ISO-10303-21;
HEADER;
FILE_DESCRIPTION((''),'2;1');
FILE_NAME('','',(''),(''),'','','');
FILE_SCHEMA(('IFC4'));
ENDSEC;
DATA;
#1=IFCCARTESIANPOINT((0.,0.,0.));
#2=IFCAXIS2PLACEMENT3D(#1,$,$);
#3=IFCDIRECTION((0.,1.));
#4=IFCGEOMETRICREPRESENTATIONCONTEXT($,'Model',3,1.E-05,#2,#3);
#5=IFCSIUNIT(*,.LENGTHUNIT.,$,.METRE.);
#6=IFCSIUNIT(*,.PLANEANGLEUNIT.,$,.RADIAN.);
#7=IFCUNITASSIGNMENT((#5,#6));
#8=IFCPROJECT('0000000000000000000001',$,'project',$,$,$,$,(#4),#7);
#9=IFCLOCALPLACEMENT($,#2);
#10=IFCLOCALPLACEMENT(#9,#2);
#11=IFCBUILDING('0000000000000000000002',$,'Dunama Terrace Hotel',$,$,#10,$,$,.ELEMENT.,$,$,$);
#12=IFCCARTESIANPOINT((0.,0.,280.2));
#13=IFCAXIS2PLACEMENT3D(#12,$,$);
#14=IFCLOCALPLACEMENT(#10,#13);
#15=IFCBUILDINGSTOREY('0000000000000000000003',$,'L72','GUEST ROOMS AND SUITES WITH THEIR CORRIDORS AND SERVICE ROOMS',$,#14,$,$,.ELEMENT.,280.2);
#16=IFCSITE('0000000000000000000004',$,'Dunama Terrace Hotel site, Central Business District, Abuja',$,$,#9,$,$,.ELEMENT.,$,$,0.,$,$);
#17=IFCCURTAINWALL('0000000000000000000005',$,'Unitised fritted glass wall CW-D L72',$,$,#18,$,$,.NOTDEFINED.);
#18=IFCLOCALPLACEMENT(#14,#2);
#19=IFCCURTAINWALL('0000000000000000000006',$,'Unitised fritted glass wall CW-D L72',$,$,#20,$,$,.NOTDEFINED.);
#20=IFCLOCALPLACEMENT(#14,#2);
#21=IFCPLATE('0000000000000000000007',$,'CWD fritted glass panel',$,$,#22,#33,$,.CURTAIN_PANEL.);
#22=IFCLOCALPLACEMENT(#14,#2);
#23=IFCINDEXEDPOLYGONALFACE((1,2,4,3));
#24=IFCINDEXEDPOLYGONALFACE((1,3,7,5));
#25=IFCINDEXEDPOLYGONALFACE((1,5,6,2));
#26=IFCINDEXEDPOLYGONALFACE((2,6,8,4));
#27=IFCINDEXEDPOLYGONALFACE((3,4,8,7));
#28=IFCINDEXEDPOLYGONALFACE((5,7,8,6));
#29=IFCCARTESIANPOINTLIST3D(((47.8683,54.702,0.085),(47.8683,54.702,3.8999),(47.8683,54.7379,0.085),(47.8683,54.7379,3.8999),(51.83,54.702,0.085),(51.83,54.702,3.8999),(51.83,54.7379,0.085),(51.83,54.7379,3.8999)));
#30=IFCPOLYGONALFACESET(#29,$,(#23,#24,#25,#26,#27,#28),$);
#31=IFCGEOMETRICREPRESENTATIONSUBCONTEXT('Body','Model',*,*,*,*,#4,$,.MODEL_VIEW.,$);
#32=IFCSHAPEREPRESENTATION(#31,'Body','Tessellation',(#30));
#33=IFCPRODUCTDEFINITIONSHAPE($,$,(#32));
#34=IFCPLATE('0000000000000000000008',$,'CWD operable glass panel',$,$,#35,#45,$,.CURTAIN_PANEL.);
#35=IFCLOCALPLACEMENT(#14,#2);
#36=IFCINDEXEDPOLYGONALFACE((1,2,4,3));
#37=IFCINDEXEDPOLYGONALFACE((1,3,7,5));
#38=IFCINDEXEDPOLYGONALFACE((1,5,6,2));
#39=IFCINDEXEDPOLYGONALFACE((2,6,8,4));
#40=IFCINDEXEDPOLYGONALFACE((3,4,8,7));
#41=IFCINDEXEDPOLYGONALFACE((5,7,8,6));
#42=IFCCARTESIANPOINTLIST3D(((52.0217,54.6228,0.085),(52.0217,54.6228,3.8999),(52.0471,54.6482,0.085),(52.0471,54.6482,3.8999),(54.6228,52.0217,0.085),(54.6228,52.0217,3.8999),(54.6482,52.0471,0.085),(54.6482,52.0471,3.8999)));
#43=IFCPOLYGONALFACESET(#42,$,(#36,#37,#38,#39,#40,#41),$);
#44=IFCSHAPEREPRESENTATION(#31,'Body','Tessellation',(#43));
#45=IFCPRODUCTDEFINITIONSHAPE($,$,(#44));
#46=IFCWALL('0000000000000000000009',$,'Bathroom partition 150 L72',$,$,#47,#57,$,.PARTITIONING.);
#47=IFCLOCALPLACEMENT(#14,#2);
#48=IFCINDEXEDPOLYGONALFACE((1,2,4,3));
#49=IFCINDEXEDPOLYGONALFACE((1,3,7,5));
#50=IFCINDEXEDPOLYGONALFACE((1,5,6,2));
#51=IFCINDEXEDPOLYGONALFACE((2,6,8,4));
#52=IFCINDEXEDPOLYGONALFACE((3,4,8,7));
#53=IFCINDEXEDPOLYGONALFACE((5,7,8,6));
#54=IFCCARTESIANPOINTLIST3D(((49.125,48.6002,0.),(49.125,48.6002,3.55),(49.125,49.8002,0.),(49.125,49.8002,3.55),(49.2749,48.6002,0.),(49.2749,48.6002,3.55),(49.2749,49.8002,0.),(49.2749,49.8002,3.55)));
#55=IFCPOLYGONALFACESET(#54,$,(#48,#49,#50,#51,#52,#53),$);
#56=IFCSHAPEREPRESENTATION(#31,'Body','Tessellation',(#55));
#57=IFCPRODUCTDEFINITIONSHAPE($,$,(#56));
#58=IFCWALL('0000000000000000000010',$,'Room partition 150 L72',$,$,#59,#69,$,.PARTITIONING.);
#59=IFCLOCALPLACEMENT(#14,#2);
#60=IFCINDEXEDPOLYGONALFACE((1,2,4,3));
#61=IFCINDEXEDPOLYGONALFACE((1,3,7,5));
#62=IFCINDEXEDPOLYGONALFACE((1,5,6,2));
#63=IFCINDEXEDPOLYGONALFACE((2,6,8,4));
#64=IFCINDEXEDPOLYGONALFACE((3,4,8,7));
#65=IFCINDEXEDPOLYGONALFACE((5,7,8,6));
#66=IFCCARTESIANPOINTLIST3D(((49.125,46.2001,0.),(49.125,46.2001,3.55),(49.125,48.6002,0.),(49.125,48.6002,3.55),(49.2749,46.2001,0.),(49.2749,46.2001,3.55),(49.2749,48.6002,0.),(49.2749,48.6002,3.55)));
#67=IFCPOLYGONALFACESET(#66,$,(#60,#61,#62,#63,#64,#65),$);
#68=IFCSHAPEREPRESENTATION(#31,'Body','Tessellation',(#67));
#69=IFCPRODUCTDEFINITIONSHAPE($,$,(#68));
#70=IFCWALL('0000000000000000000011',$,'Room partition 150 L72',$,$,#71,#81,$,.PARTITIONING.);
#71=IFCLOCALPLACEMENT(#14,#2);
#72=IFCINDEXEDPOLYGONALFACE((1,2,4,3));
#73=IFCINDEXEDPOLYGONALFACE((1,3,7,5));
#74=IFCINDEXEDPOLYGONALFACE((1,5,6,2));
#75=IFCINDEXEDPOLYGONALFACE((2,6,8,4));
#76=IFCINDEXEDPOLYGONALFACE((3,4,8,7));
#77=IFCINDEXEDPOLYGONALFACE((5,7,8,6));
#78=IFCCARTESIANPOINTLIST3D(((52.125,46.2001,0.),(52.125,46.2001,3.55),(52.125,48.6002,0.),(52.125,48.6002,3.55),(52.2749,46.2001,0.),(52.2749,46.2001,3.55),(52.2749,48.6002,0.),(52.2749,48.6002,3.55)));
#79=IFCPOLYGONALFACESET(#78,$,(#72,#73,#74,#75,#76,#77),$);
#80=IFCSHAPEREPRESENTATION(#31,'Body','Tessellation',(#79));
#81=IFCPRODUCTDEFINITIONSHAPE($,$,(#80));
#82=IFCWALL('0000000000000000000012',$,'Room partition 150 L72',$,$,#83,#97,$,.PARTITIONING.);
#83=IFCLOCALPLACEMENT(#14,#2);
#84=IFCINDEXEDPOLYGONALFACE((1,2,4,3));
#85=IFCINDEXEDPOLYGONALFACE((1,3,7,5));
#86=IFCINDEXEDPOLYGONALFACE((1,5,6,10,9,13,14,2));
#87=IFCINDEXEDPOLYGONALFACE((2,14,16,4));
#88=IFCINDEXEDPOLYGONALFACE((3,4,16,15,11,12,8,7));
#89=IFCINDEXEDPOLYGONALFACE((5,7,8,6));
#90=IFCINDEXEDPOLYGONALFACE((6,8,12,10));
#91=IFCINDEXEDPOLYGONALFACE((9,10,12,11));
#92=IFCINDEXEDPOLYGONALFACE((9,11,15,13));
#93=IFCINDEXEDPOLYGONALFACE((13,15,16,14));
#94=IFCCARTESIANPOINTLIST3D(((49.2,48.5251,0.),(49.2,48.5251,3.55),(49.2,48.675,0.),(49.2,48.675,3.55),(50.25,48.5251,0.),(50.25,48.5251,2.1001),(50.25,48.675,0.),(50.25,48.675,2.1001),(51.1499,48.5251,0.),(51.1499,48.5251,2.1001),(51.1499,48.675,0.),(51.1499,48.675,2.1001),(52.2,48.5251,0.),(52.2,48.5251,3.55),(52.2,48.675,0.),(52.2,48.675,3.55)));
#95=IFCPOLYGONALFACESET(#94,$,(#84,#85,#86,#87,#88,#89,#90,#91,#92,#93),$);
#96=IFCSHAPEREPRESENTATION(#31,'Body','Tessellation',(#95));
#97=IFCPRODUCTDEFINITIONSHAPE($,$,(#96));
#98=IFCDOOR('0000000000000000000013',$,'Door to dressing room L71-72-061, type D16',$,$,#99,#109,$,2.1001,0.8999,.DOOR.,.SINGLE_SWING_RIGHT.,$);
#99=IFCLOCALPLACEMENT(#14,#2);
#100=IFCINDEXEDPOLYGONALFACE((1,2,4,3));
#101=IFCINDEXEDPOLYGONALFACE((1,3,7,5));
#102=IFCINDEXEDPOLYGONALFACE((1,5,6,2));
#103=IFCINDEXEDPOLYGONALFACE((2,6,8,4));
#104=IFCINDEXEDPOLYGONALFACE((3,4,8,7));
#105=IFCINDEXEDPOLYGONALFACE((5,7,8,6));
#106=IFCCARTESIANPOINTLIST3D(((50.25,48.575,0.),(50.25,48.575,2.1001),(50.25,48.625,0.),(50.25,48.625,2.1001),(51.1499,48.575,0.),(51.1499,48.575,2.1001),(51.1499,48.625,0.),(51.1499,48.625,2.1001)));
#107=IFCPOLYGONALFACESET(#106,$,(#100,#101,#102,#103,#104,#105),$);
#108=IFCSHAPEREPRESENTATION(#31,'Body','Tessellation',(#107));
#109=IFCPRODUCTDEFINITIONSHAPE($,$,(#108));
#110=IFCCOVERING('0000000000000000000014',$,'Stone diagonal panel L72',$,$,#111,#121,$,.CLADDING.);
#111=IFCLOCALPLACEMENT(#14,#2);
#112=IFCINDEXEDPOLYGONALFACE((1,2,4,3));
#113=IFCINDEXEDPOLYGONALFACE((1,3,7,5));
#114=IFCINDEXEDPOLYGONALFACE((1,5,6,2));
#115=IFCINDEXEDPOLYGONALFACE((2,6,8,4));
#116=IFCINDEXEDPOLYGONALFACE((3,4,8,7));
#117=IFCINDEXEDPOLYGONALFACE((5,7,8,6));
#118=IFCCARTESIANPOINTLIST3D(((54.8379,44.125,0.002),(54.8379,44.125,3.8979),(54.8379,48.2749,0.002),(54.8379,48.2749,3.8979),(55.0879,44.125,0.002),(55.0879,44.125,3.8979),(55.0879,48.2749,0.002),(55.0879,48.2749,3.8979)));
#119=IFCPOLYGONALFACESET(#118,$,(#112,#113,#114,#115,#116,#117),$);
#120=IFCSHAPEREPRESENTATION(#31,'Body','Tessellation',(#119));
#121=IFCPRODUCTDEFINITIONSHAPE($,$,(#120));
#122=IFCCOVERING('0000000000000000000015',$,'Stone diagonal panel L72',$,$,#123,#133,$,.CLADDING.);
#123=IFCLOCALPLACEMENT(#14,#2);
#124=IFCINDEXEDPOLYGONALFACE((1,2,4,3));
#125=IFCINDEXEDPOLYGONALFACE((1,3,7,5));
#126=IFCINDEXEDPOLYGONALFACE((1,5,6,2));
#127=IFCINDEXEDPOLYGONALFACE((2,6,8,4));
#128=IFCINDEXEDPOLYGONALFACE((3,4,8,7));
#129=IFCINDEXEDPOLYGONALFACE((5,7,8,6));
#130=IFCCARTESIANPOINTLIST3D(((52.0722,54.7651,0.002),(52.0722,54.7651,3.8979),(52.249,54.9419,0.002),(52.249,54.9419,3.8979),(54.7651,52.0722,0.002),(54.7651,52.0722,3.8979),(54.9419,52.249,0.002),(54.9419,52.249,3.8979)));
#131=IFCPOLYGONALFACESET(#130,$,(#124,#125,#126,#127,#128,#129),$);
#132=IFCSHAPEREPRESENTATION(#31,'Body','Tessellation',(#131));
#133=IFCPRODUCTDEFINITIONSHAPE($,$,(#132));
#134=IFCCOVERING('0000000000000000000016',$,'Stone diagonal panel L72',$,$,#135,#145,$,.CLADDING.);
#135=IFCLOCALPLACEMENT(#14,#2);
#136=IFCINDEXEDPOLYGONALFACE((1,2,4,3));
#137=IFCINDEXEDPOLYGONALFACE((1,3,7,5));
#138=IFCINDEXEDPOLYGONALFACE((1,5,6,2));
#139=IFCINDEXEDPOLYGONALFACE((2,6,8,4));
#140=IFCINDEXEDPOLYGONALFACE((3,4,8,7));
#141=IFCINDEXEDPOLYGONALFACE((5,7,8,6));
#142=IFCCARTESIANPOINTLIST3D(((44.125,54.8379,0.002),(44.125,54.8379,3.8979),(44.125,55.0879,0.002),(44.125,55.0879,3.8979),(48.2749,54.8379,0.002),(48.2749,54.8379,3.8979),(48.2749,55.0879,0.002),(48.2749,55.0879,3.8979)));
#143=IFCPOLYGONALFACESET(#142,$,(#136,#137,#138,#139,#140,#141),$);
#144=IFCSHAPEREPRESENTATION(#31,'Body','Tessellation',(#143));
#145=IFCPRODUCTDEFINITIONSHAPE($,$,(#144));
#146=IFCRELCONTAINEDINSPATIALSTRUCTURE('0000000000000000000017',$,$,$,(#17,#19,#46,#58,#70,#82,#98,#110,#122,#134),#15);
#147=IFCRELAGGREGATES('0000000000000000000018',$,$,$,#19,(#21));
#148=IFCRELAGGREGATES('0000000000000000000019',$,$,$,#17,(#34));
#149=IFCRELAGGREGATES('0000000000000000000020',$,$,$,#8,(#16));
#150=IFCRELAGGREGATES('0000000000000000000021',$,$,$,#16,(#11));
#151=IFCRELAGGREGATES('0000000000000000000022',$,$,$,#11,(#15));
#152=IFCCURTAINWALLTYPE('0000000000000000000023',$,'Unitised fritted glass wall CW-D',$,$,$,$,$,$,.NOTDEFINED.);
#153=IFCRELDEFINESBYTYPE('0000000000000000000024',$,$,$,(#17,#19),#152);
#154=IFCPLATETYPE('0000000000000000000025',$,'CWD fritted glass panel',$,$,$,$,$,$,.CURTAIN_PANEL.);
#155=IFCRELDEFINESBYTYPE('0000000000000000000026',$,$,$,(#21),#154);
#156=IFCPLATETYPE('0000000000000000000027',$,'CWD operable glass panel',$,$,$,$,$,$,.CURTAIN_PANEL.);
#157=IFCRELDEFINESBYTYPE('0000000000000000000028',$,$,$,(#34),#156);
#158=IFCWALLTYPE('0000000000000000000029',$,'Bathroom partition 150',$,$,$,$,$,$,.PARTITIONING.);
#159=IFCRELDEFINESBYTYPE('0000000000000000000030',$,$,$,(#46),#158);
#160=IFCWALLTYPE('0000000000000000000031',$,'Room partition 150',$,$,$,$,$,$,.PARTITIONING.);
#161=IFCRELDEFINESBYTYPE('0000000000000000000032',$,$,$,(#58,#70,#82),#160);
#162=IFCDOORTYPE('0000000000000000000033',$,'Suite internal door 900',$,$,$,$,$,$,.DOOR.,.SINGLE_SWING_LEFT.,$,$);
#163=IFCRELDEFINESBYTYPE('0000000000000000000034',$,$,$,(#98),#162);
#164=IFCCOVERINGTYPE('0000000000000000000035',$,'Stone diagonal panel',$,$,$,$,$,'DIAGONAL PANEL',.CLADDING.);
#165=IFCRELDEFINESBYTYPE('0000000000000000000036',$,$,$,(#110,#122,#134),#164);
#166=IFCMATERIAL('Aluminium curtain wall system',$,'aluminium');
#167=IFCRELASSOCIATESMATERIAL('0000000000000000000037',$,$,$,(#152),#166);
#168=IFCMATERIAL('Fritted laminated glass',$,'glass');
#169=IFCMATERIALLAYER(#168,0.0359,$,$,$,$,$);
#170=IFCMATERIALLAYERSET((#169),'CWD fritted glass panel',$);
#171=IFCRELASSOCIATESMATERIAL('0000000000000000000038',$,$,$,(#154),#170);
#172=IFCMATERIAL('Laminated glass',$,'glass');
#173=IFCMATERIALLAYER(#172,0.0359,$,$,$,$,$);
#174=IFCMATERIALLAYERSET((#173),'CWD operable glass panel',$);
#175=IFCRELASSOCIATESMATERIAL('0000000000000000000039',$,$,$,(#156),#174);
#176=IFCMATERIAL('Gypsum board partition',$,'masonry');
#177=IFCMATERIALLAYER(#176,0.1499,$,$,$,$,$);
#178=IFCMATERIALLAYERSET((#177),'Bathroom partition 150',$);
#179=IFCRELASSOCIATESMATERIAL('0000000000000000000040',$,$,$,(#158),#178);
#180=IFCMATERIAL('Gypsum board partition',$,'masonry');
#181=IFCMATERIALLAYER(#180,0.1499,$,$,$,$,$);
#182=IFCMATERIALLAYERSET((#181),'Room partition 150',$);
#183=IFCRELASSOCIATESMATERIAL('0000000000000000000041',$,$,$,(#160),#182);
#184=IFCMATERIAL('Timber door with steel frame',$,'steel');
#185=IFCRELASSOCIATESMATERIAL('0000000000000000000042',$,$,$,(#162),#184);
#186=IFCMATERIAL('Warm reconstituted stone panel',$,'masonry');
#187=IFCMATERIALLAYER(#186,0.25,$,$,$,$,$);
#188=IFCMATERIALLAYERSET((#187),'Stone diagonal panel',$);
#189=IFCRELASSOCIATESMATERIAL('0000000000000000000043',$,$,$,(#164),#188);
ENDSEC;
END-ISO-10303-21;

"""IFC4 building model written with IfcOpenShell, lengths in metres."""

from ifc_helpers import new_model, si_unit, direction, frame, frame_2d, origin, origin_2d, place, context, subcontext, project, spatial, rectangle, extrude, material, layer, layer_set, type_object, element, fill, aggregate, save


model = new_model("IFC4")

# Units and contexts
model_context = context("Model", 3, precision=1e-05, world=origin(), true_north=direction((0.0, 1.0)))
body_context = subcontext(model_context, "Body", "Model", "MODEL_VIEW")
ifc_project = project(units=[si_unit("LENGTHUNIT", "METRE"), si_unit("PLANEANGLEUNIT", "RADIAN")], contexts=[model_context])

# Site, building, storey
site_placement = place(None, origin())
site = spatial("IfcSite", under=ifc_project, at=site_placement, Name="Dunama Terrace Hotel site, Central Business District, Abuja", CompositionType="ELEMENT", RefElevation=0.0)
building_placement = place(site_placement, origin())
building = spatial("IfcBuilding", under=site, at=building_placement, Name="Dunama Terrace Hotel", CompositionType="ELEMENT")
storey_placement = place(building_placement, frame((0.0, 0.0, 280.2)))
storey = spatial("IfcBuildingStorey", under=building, at=storey_placement, Name="L72", Description="GUEST ROOMS AND SUITES WITH THEIR CORRIDORS AND SERVICE ROOMS", CompositionType="ELEMENT", Elevation=280.2)

# Curtain walls
ifc_material_1 = material(Name="Aluminium curtain wall system", Category="aluminium")
curtain_wall_type = type_object("IfcCurtainWallType", Name="Unitised fritted glass wall CW-D", PredefinedType="NOTDEFINED", material=ifc_material_1)
curtain_wall_1_placement = place(storey_placement, origin())
curtain_wall_1 = element("IfcCurtainWall", 1, at=curtain_wall_1_placement, inside=storey, type_object=curtain_wall_type, Name="Unitised fritted glass wall CW-D L72", PredefinedType="NOTDEFINED")
curtain_wall_2_placement = place(storey_placement, origin())
curtain_wall_2 = element("IfcCurtainWall", 2, at=curtain_wall_2_placement, inside=storey, type_object=curtain_wall_type, Name="Unitised fritted glass wall CW-D L72", PredefinedType="NOTDEFINED")

# Plates
ifc_material_2 = material(Name="Fritted laminated glass", Category="glass")
ifc_layer_1 = layer(ifc_material_2, 0.0359)
ifc_layer_set_1 = layer_set([ifc_layer_1], Name="CWD fritted glass panel")
plate_type_1 = type_object("IfcPlateType", Name="CWD fritted glass panel", PredefinedType="CURTAIN_PANEL", material=ifc_layer_set_1)
plate_1_placement = place(storey_placement, frame((49.8491, 54.72, 0.085), z_axis=(0.0, 0.0, 1.0), x_axis=(-1.0, 0.0, 0.0)))
plate_1 = element("IfcPlate", 3, at=plate_1_placement, type_object=plate_type_1, Name="CWD fritted glass panel", PredefinedType="CURTAIN_PANEL", context=body_context, shape_type="SweptSolid", body=[
    extrude(rectangle(XDim=3.9617, YDim=0.0359, at=origin_2d()), origin(), (0.0, 0.0, 1.0), 3.8149),
])
aggregate(curtain_wall_2, [plate_1])
ifc_material_3 = material(Name="Laminated glass", Category="glass")
ifc_layer_2 = layer(ifc_material_3, 0.0359)
ifc_layer_set_2 = layer_set([ifc_layer_2], Name="CWD operable glass panel")
plate_type_2 = type_object("IfcPlateType", Name="CWD operable glass panel", PredefinedType="CURTAIN_PANEL", material=ifc_layer_set_2)
plate_2_placement = place(storey_placement, frame((53.335, 53.335, 0.085), z_axis=(0.0, 0.0, 1.0), x_axis=(-0.707107, 0.707107, 0.0)))
plate_2 = element("IfcPlate", 4, at=plate_2_placement, type_object=plate_type_2, Name="CWD operable glass panel", PredefinedType="CURTAIN_PANEL", context=body_context, shape_type="SweptSolid", body=[
    extrude(rectangle(XDim=3.6785, YDim=0.0359, at=origin_2d()), origin(), (0.0, 0.0, 1.0), 3.8149),
])
aggregate(curtain_wall_1, [plate_2])

# Walls
ifc_material_4 = material(Name="Gypsum board partition", Category="masonry")
ifc_layer_3 = layer(ifc_material_4, 0.1499)
ifc_layer_set_3 = layer_set([ifc_layer_3], Name="Bathroom partition 150")
wall_type_1 = type_object("IfcWallType", Name="Bathroom partition 150", PredefinedType="PARTITIONING", material=ifc_layer_set_3)
wall_1_placement = place(storey_placement, frame((49.2, 48.6001, 0.0), z_axis=(0.0, 0.0, 1.0), x_axis=(0.0, 1.0, 0.0)))
element("IfcWall", 5, at=wall_1_placement, inside=storey, type_object=wall_type_1, Name="Bathroom partition 150 L72", PredefinedType="PARTITIONING", context=body_context, shape_type="SweptSolid", body=[
    extrude(rectangle(XDim=1.2, YDim=0.1499, at=frame_2d((0.6001, 0.0))), origin(), (0.0, 0.0, 1.0), 3.55),
])
ifc_material_5 = material(Name="Gypsum board partition", Category="masonry")
ifc_layer_4 = layer(ifc_material_5, 0.1499)
ifc_layer_set_4 = layer_set([ifc_layer_4], Name="Room partition 150")
wall_type_2 = type_object("IfcWallType", Name="Room partition 150", PredefinedType="PARTITIONING", material=ifc_layer_set_4)
for number, where, z_axis, x_axis, name in (
    (6, (49.2, 46.2, 0.0), (0.0, 0.0, 1.0), (0.0, 1.0, 0.0), "Room partition 150 L72"),
    (7, (52.2, 46.2, 0.0), (0.0, 0.0, 1.0), (0.0, 1.0, 0.0), "Room partition 150 L72"),
):
    element("IfcWall", number, at=place(storey_placement, frame(where, z_axis=z_axis, x_axis=x_axis)), inside=storey, type_object=wall_type_2, Name=name, PredefinedType="PARTITIONING", context=body_context, shape_type="SweptSolid", body=[
        extrude(rectangle(XDim=2.4001, YDim=0.1499, at=frame_2d((1.2002, 0.0))), origin(), (0.0, 0.0, 1.0), 3.55),
    ])

# Wall, opening, door
wall_2_placement = place(storey_placement, frame((49.2, 48.6001, 0.0), z_axis=(0.0, 0.0, 1.0), x_axis=(1.0, 0.0, 0.0)))
wall_2 = element("IfcWall", 8, at=wall_2_placement, inside=storey, type_object=wall_type_2, Name="Room partition 150 L72", PredefinedType="PARTITIONING", context=body_context, shape_type="SweptSolid", body=[
    extrude(rectangle(XDim=3.0, YDim=0.1499, at=frame_2d((1.5, 0.0))), origin(), (0.0, 0.0, 1.0), 3.55),
])
opening_placement = place(wall_2_placement, frame((1.05, 0.0, 0.0)))
opening = element("IfcOpeningElement", 9, at=opening_placement, cuts=wall_2, PredefinedType="OPENING", context=body_context, shape_type="SweptSolid", body=[
    extrude(rectangle(XDim=0.8999, YDim=2.1001, at=frame_2d((0.45, 1.05))), frame((0.0, 0.085, 0.0), z_axis=(0.0, -1.0, 0.0), x_axis=(1.0, 0.0, 0.0)), (0.0, 0.0, 1.0), 0.1699),
])
ifc_material_6 = material(Name="Timber door with steel frame", Category="steel")
door_type = type_object("IfcDoorType", Name="Suite internal door 900", OperationType="SINGLE_SWING_LEFT", PredefinedType="DOOR", material=ifc_material_6)
door_placement = place(opening_placement, frame((0.8999, 0.0, 0.0), z_axis=(0.0, 0.0, 1.0), x_axis=(-1.0, 0.0, 0.0)))
door = element("IfcDoor", 10, at=door_placement, inside=storey, type_object=door_type, Name="Door to dressing room L71-72-061, type D16", OperationType="SINGLE_SWING_RIGHT", OverallHeight=2.1001, OverallWidth=0.8999, PredefinedType="DOOR", context=body_context, shape_type="SweptSolid", body=[
    extrude(rectangle(XDim=0.8999, YDim=2.1001, at=frame_2d((0.45, 1.05))), frame((0.0, 0.0251, 0.0), z_axis=(0.0, -1.0, 0.0), x_axis=(1.0, 0.0, 0.0)), (0.0, 0.0, 1.0), 0.05),
])
fill(opening, door)

# Coverings
ifc_material_7 = material(Name="Warm reconstituted stone panel", Category="masonry")
ifc_layer_5 = layer(ifc_material_7, 0.25)
ifc_layer_set_5 = layer_set([ifc_layer_5], Name="Stone diagonal panel")
covering_type = type_object("IfcCoveringType", Name="Stone diagonal panel", ElementType="DIAGONAL PANEL", PredefinedType="CLADDING", material=ifc_layer_set_5)
covering_1_placement = place(storey_placement, frame((54.9629, 46.2, 0.002), z_axis=(0.0, 0.0, 1.0), x_axis=(0.0, 1.0, 0.0)))
element("IfcCovering", 11, at=covering_1_placement, inside=storey, type_object=covering_type, Name="Stone diagonal panel L72", PredefinedType="CLADDING", context=body_context, shape_type="SweptSolid", body=[
    extrude(rectangle(XDim=4.1499, YDim=0.25, at=origin_2d()), origin(), (0.0, 0.0, 1.0), 3.896),
])
covering_2_placement = place(storey_placement, frame((53.5071, 53.5071, 0.002), z_axis=(0.0, 0.0, 1.0), x_axis=(-0.707107, 0.707107, 0.0)))
element("IfcCovering", 12, at=covering_2_placement, inside=storey, type_object=covering_type, Name="Stone diagonal panel L72", PredefinedType="CLADDING", context=body_context, shape_type="SweptSolid", body=[
    extrude(rectangle(XDim=3.8083, YDim=0.25, at=origin_2d()), origin(), (0.0, 0.0, 1.0), 3.896),
])
covering_3_placement = place(storey_placement, frame((46.2, 54.9629, 0.002), z_axis=(0.0, 0.0, 1.0), x_axis=(-1.0, 0.0, 0.0)))
element("IfcCovering", 13, at=covering_3_placement, inside=storey, type_object=covering_type, Name="Stone diagonal panel L72", PredefinedType="CLADDING", context=body_context, shape_type="SweptSolid", body=[
    extrude(rectangle(XDim=4.1499, YDim=0.25, at=origin_2d()), origin(), (0.0, 0.0, 1.0), 3.896),
])

save(model, "model.ifc")
